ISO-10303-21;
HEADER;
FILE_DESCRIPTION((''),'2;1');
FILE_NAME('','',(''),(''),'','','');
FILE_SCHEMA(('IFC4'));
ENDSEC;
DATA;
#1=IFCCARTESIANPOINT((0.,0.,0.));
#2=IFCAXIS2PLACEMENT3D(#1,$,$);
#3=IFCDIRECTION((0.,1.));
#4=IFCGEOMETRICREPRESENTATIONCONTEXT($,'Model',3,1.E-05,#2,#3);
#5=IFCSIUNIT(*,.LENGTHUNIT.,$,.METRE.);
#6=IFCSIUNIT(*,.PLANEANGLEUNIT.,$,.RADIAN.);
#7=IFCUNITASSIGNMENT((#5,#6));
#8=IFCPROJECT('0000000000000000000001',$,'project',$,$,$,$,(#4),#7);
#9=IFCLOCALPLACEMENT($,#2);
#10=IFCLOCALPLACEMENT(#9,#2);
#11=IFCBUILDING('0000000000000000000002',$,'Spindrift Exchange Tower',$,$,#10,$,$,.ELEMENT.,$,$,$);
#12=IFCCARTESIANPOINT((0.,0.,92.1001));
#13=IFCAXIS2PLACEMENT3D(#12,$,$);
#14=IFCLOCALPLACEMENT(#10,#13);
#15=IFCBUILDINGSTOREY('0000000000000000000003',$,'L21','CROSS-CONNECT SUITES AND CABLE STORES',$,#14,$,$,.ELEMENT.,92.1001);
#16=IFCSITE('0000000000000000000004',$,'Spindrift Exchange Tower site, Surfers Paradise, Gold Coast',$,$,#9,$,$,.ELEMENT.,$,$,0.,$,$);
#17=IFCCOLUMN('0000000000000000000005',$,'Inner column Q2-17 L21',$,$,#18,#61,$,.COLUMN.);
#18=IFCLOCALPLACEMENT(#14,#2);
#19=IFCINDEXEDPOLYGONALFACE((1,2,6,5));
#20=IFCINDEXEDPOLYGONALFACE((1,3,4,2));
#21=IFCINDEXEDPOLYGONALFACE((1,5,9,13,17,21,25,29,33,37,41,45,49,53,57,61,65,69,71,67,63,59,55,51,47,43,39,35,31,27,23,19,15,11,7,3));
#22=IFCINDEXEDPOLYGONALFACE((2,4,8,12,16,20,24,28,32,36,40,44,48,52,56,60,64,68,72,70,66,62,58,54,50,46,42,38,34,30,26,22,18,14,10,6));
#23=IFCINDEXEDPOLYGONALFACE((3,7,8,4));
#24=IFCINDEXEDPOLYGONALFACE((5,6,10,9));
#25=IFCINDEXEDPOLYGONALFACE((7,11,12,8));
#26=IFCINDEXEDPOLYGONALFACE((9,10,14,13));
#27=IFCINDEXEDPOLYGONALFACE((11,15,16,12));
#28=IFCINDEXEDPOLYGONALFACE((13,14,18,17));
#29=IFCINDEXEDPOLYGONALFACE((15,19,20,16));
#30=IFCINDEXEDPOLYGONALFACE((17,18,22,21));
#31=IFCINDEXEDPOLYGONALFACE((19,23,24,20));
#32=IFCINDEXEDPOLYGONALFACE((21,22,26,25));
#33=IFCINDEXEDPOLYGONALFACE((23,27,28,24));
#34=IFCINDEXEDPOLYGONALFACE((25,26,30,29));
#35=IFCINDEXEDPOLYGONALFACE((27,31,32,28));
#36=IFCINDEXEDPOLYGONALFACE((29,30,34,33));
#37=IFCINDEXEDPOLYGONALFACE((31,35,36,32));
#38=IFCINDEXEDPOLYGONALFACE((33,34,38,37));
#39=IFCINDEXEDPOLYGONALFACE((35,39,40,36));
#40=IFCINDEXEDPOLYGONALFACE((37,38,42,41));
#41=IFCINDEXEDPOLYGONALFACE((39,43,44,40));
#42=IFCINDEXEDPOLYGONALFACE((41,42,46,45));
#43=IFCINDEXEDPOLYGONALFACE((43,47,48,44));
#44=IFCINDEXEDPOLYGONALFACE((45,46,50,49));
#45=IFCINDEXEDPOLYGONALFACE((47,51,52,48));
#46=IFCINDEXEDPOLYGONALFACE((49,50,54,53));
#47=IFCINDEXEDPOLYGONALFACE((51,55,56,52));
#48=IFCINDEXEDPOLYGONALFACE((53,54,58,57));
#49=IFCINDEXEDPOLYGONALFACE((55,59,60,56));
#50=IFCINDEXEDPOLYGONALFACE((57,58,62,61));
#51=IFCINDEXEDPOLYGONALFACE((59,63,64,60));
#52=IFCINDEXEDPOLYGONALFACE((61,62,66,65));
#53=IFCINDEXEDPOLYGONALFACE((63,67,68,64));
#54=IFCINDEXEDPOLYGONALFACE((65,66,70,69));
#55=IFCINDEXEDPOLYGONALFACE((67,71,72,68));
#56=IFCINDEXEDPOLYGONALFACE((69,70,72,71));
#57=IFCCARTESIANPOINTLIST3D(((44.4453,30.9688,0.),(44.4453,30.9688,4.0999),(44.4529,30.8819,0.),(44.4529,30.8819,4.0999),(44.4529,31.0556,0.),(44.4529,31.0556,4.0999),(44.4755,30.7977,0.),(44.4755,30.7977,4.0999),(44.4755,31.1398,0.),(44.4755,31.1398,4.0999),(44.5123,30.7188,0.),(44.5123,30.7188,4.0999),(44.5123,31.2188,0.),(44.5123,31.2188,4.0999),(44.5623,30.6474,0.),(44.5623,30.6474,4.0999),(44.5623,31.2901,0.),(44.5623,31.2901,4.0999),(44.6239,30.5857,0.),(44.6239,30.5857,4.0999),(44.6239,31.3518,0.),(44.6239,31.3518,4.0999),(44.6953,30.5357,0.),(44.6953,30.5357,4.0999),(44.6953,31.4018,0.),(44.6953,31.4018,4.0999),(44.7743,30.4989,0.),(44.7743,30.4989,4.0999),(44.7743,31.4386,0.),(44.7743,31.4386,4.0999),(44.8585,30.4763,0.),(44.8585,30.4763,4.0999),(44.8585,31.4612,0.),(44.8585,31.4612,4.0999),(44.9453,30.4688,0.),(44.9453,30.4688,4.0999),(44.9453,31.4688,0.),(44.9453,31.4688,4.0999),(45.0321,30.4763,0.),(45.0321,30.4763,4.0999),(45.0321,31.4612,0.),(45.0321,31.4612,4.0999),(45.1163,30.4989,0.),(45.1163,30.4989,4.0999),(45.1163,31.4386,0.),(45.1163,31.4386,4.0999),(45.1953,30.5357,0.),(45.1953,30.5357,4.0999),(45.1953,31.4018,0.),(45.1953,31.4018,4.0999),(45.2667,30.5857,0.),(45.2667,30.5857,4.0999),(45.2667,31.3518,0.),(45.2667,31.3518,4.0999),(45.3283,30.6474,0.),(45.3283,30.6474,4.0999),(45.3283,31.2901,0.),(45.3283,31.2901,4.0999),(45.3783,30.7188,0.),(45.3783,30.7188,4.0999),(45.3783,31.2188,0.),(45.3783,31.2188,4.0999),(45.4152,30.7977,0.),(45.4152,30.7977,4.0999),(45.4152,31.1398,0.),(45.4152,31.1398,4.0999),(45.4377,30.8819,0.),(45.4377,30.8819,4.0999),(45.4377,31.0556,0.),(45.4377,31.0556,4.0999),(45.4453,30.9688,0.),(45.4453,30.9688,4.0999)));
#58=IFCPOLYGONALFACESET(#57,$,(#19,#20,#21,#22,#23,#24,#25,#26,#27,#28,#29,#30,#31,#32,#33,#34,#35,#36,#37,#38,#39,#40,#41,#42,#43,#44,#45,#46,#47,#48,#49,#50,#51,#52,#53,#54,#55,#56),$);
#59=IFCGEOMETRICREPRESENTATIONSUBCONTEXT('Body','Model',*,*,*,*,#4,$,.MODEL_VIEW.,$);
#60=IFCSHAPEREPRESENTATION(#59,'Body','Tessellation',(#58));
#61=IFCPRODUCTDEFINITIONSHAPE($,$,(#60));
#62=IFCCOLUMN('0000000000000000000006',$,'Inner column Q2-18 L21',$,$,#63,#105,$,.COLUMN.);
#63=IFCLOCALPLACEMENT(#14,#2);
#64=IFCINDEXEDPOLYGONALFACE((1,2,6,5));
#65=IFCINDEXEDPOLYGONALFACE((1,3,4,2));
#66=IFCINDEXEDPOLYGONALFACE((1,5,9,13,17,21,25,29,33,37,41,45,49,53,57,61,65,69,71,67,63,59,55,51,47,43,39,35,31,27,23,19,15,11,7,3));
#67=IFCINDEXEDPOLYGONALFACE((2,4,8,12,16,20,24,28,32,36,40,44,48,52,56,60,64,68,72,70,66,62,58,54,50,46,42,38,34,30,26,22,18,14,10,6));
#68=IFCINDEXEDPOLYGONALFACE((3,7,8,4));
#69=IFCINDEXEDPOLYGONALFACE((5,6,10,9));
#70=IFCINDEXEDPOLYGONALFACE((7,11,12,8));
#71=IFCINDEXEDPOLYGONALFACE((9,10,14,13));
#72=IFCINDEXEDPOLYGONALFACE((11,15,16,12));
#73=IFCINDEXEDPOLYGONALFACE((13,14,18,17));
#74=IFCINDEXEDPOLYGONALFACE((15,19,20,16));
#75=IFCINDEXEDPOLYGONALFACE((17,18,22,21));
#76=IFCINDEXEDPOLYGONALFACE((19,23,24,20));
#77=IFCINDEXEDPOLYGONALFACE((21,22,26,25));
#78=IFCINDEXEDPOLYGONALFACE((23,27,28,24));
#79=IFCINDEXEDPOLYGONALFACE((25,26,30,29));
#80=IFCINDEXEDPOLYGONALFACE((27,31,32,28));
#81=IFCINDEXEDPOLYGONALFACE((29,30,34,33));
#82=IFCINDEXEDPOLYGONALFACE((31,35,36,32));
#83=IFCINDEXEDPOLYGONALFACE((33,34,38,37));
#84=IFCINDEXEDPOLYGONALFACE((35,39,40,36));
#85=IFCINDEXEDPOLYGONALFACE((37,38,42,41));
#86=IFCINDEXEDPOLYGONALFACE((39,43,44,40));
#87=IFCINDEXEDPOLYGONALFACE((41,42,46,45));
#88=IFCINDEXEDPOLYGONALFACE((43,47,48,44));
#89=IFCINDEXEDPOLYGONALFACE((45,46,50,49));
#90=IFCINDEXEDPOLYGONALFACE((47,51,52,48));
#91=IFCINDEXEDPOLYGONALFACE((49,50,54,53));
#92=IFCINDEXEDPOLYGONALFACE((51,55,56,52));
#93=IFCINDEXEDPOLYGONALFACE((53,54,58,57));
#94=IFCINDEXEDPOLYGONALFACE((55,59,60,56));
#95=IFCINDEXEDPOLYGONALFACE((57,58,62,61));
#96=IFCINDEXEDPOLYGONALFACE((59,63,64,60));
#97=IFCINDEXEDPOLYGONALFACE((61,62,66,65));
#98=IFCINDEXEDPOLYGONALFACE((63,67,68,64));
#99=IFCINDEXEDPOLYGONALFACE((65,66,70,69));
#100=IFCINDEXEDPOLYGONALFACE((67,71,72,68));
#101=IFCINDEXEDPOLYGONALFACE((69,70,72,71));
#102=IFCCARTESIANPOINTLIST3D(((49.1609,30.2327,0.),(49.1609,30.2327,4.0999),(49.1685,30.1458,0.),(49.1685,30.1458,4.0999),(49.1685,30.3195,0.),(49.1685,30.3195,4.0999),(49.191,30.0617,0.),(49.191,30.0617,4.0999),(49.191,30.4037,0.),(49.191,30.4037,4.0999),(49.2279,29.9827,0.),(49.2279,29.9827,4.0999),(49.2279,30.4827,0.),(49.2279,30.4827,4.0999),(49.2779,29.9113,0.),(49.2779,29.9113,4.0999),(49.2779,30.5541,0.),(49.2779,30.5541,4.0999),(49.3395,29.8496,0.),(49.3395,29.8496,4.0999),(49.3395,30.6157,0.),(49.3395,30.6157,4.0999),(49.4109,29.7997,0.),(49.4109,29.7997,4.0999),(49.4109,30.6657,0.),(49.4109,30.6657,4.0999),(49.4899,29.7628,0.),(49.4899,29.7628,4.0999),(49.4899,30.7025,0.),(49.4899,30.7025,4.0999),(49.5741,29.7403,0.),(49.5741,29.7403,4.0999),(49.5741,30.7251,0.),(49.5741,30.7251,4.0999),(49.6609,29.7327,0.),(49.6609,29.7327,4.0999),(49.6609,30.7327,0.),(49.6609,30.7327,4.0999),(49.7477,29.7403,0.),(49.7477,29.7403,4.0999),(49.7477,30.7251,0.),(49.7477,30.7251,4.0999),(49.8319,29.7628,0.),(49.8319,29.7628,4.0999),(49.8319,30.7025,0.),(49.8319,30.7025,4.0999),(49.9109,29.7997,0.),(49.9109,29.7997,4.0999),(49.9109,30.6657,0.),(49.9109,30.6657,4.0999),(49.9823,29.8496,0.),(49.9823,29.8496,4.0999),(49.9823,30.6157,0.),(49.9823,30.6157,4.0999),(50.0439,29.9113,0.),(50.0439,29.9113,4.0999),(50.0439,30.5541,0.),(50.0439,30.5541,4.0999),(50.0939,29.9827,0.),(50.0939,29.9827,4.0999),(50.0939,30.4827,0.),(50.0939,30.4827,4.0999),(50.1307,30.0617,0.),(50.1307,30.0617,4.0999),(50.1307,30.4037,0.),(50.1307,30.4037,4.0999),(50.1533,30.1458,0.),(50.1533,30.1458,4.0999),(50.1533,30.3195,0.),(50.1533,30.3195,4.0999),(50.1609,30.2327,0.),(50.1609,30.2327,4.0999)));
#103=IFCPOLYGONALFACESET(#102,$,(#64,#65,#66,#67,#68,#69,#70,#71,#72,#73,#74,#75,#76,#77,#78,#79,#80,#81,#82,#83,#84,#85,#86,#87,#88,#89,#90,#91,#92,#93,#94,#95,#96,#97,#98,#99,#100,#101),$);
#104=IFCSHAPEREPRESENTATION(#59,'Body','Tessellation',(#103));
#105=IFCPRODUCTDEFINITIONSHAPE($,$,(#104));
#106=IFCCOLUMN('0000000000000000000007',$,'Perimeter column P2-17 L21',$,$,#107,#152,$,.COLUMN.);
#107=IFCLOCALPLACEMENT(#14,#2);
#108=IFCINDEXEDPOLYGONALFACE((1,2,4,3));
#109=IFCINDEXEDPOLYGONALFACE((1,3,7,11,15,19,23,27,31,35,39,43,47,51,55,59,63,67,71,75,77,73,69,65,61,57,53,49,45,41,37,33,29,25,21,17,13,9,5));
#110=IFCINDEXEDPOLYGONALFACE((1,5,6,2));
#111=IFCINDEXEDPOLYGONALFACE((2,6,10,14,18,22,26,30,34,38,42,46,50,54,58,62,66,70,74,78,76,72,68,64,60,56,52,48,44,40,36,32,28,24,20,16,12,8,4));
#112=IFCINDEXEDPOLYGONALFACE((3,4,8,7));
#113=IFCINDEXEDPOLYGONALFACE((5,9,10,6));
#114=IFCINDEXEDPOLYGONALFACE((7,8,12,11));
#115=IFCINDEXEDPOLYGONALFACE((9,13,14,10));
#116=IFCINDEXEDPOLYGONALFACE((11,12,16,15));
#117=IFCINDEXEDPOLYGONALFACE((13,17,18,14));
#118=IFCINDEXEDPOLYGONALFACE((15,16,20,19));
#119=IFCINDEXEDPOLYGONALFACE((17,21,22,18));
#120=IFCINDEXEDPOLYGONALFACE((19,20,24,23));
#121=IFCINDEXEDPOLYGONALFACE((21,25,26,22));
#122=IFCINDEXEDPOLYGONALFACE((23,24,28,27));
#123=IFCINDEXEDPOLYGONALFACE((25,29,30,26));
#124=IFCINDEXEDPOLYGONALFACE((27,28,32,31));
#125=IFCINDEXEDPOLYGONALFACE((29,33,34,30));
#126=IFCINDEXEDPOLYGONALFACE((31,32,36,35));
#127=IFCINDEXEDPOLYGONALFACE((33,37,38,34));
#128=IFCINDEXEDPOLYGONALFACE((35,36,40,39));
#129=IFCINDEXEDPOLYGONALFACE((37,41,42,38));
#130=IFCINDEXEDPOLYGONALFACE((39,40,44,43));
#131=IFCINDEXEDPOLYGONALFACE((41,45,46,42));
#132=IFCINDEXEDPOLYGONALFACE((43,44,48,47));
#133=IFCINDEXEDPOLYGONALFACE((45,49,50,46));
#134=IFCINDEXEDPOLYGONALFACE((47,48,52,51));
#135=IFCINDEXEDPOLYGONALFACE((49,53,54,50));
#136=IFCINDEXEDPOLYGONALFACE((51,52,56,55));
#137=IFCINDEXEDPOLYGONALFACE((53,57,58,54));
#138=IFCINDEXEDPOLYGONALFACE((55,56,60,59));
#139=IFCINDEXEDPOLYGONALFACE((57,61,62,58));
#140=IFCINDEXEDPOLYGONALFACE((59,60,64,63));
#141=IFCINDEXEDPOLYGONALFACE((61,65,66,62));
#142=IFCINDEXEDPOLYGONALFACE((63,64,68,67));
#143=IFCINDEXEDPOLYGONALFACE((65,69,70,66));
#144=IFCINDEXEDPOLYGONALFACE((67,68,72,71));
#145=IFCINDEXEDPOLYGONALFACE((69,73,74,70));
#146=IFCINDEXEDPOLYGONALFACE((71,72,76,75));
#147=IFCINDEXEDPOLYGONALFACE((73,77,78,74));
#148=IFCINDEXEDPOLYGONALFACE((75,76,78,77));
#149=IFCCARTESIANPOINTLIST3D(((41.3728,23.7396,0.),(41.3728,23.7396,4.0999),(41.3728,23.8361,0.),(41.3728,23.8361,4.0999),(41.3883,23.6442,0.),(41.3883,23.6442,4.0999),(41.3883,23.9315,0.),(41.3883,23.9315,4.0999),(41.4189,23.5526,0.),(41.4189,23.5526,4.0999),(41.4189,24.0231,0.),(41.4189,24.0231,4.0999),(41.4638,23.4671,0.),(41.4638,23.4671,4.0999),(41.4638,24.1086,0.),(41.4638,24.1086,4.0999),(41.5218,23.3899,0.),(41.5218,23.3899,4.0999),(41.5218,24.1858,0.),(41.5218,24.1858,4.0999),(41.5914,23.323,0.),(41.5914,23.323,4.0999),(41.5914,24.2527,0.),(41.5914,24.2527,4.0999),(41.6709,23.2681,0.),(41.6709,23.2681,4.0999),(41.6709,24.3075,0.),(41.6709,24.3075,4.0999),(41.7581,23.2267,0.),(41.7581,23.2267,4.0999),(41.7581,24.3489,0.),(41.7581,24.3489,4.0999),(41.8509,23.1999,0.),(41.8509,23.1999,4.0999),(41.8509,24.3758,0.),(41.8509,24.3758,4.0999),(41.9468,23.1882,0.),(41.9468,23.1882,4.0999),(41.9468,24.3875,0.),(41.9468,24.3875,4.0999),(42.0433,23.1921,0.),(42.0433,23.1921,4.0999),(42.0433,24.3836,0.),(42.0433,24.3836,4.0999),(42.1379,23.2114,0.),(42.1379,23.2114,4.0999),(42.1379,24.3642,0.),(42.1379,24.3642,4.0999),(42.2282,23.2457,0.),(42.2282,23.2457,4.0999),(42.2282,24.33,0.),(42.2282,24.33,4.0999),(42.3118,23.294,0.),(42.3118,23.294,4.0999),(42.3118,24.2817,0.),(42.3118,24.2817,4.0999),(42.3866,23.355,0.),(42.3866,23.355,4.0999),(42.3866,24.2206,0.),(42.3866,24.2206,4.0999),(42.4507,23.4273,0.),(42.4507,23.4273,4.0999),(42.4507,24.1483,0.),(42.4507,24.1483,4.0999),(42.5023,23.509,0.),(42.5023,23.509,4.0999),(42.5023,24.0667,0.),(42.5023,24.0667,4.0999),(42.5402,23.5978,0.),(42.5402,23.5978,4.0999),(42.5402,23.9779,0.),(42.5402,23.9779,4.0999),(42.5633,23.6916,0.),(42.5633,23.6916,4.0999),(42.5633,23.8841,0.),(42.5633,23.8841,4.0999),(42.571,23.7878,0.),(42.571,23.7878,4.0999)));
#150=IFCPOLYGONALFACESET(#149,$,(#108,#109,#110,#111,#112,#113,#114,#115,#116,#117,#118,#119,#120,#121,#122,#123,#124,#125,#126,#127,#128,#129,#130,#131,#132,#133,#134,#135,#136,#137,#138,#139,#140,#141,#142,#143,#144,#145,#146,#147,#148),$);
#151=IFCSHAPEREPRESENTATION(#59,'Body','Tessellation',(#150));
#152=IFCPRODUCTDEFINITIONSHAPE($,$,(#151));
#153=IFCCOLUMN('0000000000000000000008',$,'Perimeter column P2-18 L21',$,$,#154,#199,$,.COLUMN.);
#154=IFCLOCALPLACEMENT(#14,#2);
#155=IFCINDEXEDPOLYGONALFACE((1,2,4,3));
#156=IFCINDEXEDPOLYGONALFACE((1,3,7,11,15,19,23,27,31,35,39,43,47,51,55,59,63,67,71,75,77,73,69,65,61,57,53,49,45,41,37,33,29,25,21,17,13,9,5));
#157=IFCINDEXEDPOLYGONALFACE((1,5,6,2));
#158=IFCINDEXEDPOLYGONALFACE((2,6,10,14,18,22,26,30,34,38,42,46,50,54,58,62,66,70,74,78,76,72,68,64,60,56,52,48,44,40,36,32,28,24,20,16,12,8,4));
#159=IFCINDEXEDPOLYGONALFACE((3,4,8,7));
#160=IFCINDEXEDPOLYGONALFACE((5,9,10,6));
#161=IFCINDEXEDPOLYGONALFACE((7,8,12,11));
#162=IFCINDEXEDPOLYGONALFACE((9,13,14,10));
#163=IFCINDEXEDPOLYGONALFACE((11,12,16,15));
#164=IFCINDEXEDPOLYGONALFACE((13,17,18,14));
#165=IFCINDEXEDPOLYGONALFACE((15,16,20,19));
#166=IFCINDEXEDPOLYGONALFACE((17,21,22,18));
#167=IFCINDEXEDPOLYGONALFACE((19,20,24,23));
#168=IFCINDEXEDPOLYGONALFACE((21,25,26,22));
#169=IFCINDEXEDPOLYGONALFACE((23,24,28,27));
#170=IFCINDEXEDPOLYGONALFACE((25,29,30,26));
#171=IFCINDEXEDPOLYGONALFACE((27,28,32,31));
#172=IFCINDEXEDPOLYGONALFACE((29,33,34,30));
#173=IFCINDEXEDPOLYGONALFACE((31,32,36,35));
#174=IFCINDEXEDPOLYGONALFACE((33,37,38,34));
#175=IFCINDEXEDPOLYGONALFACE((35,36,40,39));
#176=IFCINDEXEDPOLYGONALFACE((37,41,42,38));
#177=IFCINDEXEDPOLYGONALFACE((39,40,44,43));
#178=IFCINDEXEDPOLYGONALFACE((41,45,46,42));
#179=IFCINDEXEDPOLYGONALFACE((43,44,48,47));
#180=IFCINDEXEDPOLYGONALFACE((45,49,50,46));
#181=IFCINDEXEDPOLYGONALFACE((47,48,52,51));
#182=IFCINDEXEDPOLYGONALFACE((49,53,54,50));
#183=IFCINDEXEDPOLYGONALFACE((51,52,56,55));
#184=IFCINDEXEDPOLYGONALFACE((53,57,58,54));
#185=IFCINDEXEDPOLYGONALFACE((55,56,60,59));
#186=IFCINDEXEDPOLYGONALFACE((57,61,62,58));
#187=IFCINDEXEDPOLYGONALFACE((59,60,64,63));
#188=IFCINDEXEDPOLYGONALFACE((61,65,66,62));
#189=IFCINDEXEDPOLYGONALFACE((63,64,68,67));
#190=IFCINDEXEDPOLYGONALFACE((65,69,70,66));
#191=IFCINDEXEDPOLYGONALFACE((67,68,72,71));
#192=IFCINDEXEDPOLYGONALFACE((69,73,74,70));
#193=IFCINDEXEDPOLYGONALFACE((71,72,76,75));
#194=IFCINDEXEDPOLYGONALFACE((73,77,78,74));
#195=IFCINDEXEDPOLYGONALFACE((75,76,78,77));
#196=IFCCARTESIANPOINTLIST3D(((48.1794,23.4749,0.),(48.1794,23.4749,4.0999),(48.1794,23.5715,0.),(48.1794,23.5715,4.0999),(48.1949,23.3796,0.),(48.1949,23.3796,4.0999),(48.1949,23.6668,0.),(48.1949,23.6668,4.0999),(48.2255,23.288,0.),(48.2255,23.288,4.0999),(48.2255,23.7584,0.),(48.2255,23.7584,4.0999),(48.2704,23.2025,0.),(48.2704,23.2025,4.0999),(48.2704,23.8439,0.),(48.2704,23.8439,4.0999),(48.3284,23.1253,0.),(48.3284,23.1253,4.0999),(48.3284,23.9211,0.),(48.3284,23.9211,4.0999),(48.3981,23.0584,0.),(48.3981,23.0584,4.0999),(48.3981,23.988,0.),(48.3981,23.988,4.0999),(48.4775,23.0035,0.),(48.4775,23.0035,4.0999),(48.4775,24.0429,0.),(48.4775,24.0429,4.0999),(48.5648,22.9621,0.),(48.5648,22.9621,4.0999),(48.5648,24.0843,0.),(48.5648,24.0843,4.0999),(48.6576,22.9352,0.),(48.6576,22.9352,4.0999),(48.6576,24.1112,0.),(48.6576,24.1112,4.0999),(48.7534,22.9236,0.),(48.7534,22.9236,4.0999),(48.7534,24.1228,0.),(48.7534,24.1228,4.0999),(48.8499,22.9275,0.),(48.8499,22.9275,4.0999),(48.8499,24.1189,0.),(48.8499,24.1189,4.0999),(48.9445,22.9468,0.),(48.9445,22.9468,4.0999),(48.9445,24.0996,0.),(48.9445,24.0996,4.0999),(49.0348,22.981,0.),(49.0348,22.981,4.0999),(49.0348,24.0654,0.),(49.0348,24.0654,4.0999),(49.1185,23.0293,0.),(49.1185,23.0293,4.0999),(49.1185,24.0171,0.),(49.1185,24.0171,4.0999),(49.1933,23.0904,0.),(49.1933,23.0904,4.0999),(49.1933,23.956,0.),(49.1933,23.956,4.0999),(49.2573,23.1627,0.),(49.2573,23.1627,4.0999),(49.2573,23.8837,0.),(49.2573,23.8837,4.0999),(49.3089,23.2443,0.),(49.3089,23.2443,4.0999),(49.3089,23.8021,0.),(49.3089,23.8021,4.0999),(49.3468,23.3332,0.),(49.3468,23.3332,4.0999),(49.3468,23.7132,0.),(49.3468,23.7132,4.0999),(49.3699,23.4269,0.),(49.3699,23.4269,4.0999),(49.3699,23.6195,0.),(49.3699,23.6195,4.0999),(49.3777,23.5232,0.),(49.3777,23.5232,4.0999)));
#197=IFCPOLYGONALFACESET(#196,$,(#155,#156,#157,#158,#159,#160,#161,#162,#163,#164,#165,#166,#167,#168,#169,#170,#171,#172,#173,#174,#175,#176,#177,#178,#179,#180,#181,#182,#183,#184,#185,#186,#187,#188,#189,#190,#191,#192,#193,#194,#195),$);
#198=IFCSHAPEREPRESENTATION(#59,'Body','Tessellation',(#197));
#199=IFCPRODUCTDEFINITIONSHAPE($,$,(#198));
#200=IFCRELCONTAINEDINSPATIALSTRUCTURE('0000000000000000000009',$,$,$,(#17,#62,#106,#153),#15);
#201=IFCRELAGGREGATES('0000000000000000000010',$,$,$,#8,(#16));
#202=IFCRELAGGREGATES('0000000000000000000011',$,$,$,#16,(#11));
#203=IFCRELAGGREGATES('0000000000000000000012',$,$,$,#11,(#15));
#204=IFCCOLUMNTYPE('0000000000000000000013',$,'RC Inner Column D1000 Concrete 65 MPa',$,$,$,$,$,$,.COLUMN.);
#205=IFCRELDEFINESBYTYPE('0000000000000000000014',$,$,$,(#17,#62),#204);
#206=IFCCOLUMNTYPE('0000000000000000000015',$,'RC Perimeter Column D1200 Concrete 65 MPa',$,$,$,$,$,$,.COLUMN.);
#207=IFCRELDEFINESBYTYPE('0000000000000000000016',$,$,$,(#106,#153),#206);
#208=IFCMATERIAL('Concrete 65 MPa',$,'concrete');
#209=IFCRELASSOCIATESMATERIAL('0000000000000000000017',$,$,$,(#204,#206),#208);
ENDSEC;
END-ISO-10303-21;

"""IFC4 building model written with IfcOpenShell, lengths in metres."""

from ifc_helpers import new_model, si_unit, direction, frame, origin, origin_2d, place, context, subcontext, project, spatial, circle, extrude, source, transform, mapped, material, material_profile, profile_set, type_object, element, save


model = new_model("IFC4")

# Units and contexts
model_context = context("Model", 3, precision=1e-05, world=origin(), true_north=direction((0.0, 1.0)))
body_context = subcontext(model_context, "Body", "Model", "MODEL_VIEW")
ifc_project = project(units=[si_unit("LENGTHUNIT", "METRE"), si_unit("PLANEANGLEUNIT", "RADIAN")], contexts=[model_context])

# Site, building, storey
site_placement = place(None, origin())
site = spatial("IfcSite", under=ifc_project, at=site_placement, Name="Spindrift Exchange Tower site, Surfers Paradise, Gold Coast", CompositionType="ELEMENT", RefElevation=0.0)
building_placement = place(site_placement, origin())
building = spatial("IfcBuilding", under=site, at=building_placement, Name="Spindrift Exchange Tower", CompositionType="ELEMENT")
storey_placement = place(building_placement, frame((0.0, 0.0, 92.1001)))
storey = spatial("IfcBuildingStorey", under=building, at=storey_placement, Name="L21", Description="CROSS-CONNECT SUITES AND CABLE STORES", CompositionType="ELEMENT", Elevation=92.1001)

# Columns
ifc_material_1 = material(Name="Concrete 65 MPa", Category="concrete")
ifc_material_profile_1 = material_profile(ifc_material_1, circle(Radius=0.5, at=origin_2d()), Name="RC D1000")
ifc_profile_set_1 = profile_set([ifc_material_profile_1], Name="Concrete 65 MPa")
column_type_1 = type_object("IfcColumnType", Name="RC Inner Column D1000 Concrete 65 MPa", PredefinedType="COLUMN", material=ifc_profile_set_1)
shared_shape_1 = source(origin(), body_context, "Body", "SweptSolid", [
    extrude(circle(Radius=0.5, at=origin_2d()), origin(), (0.0, 0.0, 1.0), 4.0999),
])
for number, where, z_axis, x_axis, name in (
    (1, (44.9453, 30.9688, 0.0), (0.0, 0.0, 1.0), (1.0, 0.0, 0.0), "Inner column Q2-17 L21"),
    (2, (49.6609, 30.2327, 0.0), (0.0, 0.0, 1.0), (1.0, 0.0, 0.0), "Inner column Q2-18 L21"),
):
    element("IfcColumn", number, at=place(storey_placement, frame(where, z_axis=z_axis, x_axis=x_axis)), inside=storey, type_object=column_type_1, Name=name, PredefinedType="COLUMN", context=body_context, shape_type="MappedRepresentation", body=[
        mapped(shared_shape_1, transform((0.0, 0.0, 0.0), scale=1.0)),
    ])
ifc_material_profile_2 = material_profile(ifc_material_1, circle(Radius=0.6001, at=origin_2d()), Name="RC D1200")
ifc_profile_set_2 = profile_set([ifc_material_profile_2], Name="Concrete 65 MPa")
column_type_2 = type_object("IfcColumnType", Name="RC Perimeter Column D1200 Concrete 65 MPa", PredefinedType="COLUMN", material=ifc_profile_set_2)
shared_shape_2 = source(origin(), body_context, "Body", "SweptSolid", [
    extrude(circle(Radius=0.6001, at=origin_2d()), origin(), (0.0, 0.0, 1.0), 4.0999),
])
for number, where, z_axis, x_axis, name in (
    (3, (41.9709, 23.7878, 0.0), (0.0, 0.0, 1.0), (1.0, 0.0, 0.0), "Perimeter column P2-17 L21"),
    (4, (48.7776, 23.5232, 0.0), (0.0, 0.0, 1.0), (1.0, 0.0, 0.0), "Perimeter column P2-18 L21"),
):
    element("IfcColumn", number, at=place(storey_placement, frame(where, z_axis=z_axis, x_axis=x_axis)), inside=storey, type_object=column_type_2, Name=name, PredefinedType="COLUMN", context=body_context, shape_type="MappedRepresentation", body=[
        mapped(shared_shape_2, transform((0.0, 0.0, 0.0), scale=1.0)),
    ])

save(model, "model.ifc")
